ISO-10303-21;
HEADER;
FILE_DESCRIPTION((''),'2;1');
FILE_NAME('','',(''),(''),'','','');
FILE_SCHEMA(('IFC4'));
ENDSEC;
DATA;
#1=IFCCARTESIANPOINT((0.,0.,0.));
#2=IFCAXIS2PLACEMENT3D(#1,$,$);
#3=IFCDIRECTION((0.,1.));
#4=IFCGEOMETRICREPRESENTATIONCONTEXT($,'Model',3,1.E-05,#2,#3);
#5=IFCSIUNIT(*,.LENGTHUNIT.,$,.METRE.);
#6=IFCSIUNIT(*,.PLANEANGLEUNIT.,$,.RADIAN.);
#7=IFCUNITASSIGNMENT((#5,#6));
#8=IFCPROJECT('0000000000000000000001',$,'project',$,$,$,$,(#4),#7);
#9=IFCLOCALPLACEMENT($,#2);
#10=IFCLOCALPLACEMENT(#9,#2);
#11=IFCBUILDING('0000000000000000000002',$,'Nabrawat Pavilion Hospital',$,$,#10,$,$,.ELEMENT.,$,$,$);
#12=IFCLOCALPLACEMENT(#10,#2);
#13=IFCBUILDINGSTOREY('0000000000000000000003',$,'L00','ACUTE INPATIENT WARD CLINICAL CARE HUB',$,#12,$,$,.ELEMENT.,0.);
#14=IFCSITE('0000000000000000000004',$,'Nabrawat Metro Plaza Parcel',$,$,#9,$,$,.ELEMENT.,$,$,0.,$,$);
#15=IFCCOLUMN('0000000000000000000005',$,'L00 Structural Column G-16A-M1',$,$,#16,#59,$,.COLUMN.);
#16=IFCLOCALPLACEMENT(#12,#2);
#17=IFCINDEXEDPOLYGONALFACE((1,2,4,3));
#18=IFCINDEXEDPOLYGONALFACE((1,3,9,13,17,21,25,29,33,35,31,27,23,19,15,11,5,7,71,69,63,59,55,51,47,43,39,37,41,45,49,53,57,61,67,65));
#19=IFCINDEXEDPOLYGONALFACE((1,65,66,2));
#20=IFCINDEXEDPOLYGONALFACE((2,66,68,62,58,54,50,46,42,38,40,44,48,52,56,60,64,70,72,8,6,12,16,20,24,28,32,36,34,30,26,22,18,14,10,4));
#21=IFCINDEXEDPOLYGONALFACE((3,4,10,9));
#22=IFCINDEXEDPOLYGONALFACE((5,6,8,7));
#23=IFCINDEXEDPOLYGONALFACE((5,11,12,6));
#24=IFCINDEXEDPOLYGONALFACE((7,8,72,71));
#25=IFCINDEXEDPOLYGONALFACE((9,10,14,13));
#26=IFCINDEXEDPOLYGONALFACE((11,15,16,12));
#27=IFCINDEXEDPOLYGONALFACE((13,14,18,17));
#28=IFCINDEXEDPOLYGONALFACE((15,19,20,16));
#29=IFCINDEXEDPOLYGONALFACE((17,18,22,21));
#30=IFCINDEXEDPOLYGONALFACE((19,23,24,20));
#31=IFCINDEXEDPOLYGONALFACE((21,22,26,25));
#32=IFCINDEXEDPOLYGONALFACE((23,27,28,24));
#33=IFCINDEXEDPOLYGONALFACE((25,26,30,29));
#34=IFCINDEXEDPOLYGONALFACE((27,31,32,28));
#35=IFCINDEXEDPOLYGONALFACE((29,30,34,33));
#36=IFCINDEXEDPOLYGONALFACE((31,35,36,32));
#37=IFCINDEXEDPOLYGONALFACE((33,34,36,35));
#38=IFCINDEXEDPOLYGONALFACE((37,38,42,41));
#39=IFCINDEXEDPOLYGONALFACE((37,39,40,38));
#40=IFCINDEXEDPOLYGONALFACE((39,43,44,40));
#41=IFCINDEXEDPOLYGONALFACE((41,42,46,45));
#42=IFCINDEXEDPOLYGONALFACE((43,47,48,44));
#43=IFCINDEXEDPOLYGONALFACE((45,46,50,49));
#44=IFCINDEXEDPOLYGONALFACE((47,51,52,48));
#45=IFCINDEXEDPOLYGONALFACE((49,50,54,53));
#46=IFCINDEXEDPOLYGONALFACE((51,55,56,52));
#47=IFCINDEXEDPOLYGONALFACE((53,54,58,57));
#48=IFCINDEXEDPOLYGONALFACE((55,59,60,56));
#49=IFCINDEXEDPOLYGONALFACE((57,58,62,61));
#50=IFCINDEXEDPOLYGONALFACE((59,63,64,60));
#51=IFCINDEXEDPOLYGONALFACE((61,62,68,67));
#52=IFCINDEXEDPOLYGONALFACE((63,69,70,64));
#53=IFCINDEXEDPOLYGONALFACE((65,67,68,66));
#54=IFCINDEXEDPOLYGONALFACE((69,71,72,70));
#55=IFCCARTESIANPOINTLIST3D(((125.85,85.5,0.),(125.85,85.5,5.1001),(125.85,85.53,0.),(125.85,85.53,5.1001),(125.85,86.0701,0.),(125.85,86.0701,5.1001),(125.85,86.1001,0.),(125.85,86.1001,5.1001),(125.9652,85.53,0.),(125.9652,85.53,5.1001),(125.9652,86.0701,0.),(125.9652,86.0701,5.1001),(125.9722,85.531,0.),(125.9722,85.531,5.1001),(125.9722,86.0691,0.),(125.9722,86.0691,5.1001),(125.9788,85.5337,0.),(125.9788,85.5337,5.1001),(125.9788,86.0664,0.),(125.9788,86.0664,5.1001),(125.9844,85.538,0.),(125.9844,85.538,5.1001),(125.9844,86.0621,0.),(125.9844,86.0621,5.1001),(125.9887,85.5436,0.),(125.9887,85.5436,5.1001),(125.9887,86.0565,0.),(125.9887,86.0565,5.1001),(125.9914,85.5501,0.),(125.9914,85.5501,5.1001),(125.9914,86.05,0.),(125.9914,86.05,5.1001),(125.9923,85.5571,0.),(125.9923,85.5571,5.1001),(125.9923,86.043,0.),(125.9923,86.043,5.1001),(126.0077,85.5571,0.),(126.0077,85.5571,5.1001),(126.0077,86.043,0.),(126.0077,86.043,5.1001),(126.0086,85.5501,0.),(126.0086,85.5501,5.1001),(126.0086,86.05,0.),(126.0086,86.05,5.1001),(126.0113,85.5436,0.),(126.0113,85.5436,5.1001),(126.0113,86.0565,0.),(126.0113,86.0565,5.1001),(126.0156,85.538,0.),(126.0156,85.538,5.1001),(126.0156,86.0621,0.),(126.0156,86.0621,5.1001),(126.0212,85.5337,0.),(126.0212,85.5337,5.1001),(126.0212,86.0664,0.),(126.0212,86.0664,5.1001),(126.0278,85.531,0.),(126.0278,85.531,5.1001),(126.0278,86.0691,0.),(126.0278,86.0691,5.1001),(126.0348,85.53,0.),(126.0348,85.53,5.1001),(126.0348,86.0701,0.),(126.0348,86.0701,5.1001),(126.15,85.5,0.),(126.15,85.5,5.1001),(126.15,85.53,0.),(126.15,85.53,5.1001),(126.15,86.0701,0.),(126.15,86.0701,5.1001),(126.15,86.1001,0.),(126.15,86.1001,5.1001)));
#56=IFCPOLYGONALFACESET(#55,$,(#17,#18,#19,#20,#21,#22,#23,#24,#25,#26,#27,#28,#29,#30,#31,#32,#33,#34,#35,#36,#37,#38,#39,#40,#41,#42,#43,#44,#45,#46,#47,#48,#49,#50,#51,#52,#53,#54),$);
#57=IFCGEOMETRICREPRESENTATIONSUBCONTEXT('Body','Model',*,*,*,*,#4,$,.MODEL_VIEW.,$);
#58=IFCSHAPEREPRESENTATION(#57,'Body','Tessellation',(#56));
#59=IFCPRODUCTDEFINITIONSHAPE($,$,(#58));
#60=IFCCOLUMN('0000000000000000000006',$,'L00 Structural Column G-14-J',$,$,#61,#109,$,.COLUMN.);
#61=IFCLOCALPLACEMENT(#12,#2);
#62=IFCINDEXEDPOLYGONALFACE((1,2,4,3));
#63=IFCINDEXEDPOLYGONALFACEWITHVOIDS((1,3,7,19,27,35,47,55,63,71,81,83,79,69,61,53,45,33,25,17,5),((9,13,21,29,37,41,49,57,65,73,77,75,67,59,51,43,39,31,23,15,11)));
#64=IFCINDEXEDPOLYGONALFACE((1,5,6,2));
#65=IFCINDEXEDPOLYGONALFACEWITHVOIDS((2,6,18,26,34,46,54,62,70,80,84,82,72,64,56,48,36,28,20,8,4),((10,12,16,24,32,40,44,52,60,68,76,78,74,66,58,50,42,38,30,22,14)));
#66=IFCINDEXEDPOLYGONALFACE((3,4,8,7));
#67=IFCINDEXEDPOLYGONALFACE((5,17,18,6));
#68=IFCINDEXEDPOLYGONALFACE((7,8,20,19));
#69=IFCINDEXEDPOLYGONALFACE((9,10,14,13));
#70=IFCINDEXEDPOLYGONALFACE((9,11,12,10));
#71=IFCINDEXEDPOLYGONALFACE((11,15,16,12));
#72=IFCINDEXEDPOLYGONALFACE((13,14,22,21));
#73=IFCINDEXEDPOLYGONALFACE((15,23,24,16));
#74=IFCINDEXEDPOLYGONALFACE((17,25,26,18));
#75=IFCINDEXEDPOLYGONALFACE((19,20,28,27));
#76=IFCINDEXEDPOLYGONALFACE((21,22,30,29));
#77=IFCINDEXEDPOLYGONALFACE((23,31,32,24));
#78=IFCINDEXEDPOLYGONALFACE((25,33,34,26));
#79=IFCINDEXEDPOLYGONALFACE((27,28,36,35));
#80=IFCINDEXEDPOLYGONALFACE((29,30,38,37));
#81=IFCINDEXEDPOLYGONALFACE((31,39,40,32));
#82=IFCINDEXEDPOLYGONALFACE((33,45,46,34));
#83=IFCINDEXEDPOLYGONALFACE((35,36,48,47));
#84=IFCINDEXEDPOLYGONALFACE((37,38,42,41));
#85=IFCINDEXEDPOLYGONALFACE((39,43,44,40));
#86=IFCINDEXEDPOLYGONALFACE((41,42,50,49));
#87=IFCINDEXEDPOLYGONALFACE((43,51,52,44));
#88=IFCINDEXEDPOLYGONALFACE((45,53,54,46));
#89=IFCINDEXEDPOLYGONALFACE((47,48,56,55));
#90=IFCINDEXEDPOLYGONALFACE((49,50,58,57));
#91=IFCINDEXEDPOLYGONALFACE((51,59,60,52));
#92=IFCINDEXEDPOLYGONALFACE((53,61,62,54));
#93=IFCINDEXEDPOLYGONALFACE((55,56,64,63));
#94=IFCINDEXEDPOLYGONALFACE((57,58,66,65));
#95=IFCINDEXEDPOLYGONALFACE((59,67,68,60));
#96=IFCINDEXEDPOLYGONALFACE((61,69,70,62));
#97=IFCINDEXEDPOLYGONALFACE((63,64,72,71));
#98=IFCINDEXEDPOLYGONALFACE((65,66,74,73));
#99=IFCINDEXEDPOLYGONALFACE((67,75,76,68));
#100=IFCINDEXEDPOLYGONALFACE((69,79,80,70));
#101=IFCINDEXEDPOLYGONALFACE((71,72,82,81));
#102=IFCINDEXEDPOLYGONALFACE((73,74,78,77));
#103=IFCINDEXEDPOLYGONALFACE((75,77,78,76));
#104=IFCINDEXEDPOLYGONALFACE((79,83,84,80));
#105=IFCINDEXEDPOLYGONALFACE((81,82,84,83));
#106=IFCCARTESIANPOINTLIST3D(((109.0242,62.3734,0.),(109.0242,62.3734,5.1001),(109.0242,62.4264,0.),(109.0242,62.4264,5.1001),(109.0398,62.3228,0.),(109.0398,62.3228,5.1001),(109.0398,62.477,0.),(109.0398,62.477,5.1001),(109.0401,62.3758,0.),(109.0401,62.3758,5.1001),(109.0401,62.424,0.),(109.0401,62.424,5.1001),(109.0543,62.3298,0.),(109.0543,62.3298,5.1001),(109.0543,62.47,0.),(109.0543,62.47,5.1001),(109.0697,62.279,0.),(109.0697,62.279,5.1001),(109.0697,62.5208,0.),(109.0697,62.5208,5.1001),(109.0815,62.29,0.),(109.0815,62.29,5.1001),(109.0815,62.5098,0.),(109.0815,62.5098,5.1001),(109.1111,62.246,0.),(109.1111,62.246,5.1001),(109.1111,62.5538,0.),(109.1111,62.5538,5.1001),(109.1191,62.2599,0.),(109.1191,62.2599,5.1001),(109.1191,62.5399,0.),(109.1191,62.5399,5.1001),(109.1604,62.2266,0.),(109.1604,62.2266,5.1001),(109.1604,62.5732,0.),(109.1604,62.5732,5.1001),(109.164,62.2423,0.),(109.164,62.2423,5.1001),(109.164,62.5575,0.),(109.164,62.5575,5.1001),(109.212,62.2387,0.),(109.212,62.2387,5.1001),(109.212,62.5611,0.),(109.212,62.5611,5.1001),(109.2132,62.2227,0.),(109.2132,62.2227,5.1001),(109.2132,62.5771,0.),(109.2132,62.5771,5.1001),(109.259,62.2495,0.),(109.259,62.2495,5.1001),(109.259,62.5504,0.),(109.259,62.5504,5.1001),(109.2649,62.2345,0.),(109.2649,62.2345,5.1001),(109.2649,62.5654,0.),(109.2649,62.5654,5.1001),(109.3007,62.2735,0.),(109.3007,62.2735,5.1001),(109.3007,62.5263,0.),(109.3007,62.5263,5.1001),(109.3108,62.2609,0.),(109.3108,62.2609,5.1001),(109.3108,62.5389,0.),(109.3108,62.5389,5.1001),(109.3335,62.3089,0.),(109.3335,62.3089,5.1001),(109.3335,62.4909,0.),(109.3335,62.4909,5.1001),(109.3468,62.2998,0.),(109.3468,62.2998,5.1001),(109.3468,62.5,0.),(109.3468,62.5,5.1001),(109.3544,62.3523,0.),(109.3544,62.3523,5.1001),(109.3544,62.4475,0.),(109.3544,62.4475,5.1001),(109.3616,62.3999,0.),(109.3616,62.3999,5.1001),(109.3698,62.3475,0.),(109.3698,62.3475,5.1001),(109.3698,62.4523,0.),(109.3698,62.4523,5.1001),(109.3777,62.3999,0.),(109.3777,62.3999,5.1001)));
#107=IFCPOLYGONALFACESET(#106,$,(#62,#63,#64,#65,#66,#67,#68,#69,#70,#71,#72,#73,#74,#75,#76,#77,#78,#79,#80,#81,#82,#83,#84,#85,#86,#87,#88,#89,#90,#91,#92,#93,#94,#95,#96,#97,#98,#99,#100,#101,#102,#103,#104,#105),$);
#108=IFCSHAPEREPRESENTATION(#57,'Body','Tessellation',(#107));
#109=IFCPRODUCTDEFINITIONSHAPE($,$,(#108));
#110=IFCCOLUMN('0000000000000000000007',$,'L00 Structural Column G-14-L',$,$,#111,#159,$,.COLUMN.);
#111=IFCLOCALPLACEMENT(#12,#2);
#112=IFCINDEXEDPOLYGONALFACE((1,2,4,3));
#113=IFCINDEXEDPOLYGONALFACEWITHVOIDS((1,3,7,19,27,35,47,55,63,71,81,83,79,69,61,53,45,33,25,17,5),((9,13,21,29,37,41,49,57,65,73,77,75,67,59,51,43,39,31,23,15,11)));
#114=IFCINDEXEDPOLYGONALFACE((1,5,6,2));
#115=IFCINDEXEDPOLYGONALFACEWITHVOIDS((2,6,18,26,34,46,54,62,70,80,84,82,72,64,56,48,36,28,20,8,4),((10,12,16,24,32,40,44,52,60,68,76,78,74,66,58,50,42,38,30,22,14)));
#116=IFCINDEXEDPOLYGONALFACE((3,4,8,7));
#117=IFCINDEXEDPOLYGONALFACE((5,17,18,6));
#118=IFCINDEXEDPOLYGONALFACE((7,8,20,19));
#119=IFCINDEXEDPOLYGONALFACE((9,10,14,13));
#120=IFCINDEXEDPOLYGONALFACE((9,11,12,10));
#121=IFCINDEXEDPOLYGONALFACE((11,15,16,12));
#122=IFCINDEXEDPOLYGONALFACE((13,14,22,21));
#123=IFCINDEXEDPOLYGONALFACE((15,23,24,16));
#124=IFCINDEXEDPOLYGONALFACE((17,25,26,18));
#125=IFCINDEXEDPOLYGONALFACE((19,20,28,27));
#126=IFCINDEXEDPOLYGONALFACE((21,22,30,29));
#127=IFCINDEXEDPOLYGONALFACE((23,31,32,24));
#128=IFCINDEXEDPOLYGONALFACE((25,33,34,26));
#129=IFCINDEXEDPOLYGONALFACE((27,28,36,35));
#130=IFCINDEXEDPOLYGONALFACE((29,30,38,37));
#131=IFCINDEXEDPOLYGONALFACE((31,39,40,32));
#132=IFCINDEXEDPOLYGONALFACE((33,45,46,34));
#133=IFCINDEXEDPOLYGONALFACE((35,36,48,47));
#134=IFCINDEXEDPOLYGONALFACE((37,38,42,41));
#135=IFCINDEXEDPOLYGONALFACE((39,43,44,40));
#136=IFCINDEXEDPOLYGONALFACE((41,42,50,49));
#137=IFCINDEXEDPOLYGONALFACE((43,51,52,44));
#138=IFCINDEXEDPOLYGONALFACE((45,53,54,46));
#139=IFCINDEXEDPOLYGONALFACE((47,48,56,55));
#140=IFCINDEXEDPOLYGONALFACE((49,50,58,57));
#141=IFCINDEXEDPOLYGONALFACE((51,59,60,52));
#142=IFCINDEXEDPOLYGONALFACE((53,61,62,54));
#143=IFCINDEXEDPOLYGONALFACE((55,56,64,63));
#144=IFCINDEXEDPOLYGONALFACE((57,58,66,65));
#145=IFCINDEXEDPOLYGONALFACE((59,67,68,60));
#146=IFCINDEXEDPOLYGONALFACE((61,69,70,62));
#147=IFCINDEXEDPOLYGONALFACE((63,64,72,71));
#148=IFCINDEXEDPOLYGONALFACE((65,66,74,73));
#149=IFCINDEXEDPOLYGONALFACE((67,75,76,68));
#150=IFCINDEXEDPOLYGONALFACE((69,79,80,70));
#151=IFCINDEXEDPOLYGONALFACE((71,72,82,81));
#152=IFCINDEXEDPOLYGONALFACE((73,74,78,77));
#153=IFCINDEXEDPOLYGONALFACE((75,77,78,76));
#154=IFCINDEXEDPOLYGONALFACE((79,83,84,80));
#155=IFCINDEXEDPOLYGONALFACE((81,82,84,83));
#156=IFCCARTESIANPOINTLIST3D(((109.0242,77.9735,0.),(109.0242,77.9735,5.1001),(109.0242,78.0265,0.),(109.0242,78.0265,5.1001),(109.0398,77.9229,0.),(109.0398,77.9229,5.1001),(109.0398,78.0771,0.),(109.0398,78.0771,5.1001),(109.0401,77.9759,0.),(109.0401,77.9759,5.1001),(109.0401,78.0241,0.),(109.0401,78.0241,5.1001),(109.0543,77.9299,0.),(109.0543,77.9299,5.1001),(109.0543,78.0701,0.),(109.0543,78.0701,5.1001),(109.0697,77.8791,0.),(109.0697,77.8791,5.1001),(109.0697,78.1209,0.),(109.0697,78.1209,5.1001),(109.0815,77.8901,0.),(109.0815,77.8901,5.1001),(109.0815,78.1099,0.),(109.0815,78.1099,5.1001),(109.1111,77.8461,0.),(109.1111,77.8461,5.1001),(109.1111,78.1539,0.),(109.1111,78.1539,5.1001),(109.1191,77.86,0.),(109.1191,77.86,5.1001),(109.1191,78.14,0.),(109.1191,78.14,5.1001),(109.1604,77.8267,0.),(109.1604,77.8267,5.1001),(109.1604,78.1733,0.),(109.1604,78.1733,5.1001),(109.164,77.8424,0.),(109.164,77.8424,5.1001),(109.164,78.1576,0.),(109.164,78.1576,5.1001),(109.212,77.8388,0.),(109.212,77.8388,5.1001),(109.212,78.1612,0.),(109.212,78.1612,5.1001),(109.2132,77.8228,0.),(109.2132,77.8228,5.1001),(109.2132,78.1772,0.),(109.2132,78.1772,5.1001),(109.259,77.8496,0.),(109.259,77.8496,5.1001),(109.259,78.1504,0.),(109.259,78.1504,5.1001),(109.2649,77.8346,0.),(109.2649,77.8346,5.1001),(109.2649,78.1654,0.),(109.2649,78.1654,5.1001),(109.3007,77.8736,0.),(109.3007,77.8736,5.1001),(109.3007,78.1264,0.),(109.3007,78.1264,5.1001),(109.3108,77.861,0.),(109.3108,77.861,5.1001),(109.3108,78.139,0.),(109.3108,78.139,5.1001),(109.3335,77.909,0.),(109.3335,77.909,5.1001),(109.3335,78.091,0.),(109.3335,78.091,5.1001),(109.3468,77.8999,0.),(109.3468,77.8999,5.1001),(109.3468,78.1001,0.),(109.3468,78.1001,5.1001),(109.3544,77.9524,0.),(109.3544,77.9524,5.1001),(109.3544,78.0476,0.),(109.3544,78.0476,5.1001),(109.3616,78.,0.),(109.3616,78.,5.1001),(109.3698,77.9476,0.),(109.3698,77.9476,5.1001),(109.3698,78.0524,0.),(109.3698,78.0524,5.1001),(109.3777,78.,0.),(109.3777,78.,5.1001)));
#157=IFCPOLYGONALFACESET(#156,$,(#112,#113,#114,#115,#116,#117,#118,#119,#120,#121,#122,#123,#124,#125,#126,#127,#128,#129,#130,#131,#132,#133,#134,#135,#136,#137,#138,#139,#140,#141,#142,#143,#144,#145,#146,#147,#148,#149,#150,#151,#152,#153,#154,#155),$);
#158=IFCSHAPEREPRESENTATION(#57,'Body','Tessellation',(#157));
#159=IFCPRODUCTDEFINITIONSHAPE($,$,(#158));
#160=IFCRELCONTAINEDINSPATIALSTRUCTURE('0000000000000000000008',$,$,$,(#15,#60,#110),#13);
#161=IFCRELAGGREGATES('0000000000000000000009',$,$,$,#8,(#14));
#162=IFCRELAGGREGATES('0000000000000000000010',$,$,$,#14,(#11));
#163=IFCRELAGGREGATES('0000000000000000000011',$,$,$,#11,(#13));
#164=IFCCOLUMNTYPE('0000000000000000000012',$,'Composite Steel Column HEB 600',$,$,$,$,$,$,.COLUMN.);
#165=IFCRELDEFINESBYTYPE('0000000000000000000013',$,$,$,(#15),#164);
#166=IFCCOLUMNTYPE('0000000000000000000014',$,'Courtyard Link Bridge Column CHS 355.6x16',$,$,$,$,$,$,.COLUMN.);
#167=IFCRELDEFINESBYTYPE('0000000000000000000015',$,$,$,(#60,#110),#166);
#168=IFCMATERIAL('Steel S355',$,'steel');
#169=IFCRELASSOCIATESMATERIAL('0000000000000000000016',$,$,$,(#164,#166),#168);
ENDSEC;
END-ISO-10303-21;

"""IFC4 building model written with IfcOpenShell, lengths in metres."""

from ifc_helpers import new_model, si_unit, direction, frame, origin, origin_2d, place, context, subcontext, project, spatial, hollow_circle, i_section, extrude, material, material_profile, profile_set, type_object, element, save


model = new_model("IFC4")

# Units and contexts
model_context = context("Model", 3, precision=1e-05, world=origin(), true_north=direction((0.0, 1.0)))
body_context = subcontext(model_context, "Body", "Model", "MODEL_VIEW")
ifc_project = project(units=[si_unit("LENGTHUNIT", "METRE"), si_unit("PLANEANGLEUNIT", "RADIAN")], contexts=[model_context])

# Site, building, storey
site_placement = place(None, origin())
site = spatial("IfcSite", under=ifc_project, at=site_placement, Name="Nabrawat Metro Plaza Parcel", CompositionType="ELEMENT", RefElevation=0.0)
building_placement = place(site_placement, origin())
building = spatial("IfcBuilding", under=site, at=building_placement, Name="Nabrawat Pavilion Hospital", CompositionType="ELEMENT")
storey_placement = place(building_placement, origin())
storey = spatial("IfcBuildingStorey", under=building, at=storey_placement, Name="L00", Description="ACUTE INPATIENT WARD CLINICAL CARE HUB", CompositionType="ELEMENT", Elevation=0.0)

# Columns
ifc_material_1 = material(Name="Steel S355", Category="steel")
ifc_material_profile_1 = material_profile(ifc_material_1, i_section(OverallWidth=0.3, OverallDepth=0.6001, WebThickness=0.0154, FlangeThickness=0.03, FilletRadius=0.0271, at=origin_2d()), Name="HEB 600")
ifc_profile_set_1 = profile_set([ifc_material_profile_1], Name="Steel S355")
column_type_1 = type_object("IfcColumnType", Name="Composite Steel Column HEB 600", PredefinedType="COLUMN", material=ifc_profile_set_1)
for number, where, z_axis, x_axis, name in (
    (1, (126.0, 85.8, 0.0), (0.0, 0.0, 1.0), (1.0, 0.0, 0.0), "L00 Structural Column G-16A-M1"),
):
    element("IfcColumn", number, at=place(storey_placement, frame(where, z_axis=z_axis, x_axis=x_axis)), inside=storey, type_object=column_type_1, Name=name, PredefinedType="COLUMN", context=body_context, shape_type="SweptSolid", body=[
        extrude(i_section(OverallWidth=0.3, OverallDepth=0.6001, WebThickness=0.0154, FlangeThickness=0.03, FilletRadius=0.0271, at=origin_2d()), origin(), (0.0, 0.0, 1.0), 5.1001),
    ])
ifc_material_profile_2 = material_profile(ifc_material_1, hollow_circle(Radius=0.1777, WallThickness=0.0161, at=origin_2d()), Name="CHS 355.6x16")
ifc_profile_set_2 = profile_set([ifc_material_profile_2], Name="Steel S355")
column_type_2 = type_object("IfcColumnType", Name="Courtyard Link Bridge Column CHS 355.6x16", PredefinedType="COLUMN", material=ifc_profile_set_2)
for number, where, z_axis, x_axis, name in (
    (2, (109.2, 62.3999, 0.0), (0.0, 0.0, 1.0), (1.0, 0.0, 0.0), "L00 Structural Column G-14-J"),
    (3, (109.2, 78.0, 0.0), (0.0, 0.0, 1.0), (1.0, 0.0, 0.0), "L00 Structural Column G-14-L"),
):
    element("IfcColumn", number, at=place(storey_placement, frame(where, z_axis=z_axis, x_axis=x_axis)), inside=storey, type_object=column_type_2, Name=name, PredefinedType="COLUMN", context=body_context, shape_type="SweptSolid", body=[
        extrude(hollow_circle(Radius=0.1777, WallThickness=0.0161, at=origin_2d()), origin(), (0.0, 0.0, 1.0), 5.1001),
    ])

save(model, "model.ifc")
